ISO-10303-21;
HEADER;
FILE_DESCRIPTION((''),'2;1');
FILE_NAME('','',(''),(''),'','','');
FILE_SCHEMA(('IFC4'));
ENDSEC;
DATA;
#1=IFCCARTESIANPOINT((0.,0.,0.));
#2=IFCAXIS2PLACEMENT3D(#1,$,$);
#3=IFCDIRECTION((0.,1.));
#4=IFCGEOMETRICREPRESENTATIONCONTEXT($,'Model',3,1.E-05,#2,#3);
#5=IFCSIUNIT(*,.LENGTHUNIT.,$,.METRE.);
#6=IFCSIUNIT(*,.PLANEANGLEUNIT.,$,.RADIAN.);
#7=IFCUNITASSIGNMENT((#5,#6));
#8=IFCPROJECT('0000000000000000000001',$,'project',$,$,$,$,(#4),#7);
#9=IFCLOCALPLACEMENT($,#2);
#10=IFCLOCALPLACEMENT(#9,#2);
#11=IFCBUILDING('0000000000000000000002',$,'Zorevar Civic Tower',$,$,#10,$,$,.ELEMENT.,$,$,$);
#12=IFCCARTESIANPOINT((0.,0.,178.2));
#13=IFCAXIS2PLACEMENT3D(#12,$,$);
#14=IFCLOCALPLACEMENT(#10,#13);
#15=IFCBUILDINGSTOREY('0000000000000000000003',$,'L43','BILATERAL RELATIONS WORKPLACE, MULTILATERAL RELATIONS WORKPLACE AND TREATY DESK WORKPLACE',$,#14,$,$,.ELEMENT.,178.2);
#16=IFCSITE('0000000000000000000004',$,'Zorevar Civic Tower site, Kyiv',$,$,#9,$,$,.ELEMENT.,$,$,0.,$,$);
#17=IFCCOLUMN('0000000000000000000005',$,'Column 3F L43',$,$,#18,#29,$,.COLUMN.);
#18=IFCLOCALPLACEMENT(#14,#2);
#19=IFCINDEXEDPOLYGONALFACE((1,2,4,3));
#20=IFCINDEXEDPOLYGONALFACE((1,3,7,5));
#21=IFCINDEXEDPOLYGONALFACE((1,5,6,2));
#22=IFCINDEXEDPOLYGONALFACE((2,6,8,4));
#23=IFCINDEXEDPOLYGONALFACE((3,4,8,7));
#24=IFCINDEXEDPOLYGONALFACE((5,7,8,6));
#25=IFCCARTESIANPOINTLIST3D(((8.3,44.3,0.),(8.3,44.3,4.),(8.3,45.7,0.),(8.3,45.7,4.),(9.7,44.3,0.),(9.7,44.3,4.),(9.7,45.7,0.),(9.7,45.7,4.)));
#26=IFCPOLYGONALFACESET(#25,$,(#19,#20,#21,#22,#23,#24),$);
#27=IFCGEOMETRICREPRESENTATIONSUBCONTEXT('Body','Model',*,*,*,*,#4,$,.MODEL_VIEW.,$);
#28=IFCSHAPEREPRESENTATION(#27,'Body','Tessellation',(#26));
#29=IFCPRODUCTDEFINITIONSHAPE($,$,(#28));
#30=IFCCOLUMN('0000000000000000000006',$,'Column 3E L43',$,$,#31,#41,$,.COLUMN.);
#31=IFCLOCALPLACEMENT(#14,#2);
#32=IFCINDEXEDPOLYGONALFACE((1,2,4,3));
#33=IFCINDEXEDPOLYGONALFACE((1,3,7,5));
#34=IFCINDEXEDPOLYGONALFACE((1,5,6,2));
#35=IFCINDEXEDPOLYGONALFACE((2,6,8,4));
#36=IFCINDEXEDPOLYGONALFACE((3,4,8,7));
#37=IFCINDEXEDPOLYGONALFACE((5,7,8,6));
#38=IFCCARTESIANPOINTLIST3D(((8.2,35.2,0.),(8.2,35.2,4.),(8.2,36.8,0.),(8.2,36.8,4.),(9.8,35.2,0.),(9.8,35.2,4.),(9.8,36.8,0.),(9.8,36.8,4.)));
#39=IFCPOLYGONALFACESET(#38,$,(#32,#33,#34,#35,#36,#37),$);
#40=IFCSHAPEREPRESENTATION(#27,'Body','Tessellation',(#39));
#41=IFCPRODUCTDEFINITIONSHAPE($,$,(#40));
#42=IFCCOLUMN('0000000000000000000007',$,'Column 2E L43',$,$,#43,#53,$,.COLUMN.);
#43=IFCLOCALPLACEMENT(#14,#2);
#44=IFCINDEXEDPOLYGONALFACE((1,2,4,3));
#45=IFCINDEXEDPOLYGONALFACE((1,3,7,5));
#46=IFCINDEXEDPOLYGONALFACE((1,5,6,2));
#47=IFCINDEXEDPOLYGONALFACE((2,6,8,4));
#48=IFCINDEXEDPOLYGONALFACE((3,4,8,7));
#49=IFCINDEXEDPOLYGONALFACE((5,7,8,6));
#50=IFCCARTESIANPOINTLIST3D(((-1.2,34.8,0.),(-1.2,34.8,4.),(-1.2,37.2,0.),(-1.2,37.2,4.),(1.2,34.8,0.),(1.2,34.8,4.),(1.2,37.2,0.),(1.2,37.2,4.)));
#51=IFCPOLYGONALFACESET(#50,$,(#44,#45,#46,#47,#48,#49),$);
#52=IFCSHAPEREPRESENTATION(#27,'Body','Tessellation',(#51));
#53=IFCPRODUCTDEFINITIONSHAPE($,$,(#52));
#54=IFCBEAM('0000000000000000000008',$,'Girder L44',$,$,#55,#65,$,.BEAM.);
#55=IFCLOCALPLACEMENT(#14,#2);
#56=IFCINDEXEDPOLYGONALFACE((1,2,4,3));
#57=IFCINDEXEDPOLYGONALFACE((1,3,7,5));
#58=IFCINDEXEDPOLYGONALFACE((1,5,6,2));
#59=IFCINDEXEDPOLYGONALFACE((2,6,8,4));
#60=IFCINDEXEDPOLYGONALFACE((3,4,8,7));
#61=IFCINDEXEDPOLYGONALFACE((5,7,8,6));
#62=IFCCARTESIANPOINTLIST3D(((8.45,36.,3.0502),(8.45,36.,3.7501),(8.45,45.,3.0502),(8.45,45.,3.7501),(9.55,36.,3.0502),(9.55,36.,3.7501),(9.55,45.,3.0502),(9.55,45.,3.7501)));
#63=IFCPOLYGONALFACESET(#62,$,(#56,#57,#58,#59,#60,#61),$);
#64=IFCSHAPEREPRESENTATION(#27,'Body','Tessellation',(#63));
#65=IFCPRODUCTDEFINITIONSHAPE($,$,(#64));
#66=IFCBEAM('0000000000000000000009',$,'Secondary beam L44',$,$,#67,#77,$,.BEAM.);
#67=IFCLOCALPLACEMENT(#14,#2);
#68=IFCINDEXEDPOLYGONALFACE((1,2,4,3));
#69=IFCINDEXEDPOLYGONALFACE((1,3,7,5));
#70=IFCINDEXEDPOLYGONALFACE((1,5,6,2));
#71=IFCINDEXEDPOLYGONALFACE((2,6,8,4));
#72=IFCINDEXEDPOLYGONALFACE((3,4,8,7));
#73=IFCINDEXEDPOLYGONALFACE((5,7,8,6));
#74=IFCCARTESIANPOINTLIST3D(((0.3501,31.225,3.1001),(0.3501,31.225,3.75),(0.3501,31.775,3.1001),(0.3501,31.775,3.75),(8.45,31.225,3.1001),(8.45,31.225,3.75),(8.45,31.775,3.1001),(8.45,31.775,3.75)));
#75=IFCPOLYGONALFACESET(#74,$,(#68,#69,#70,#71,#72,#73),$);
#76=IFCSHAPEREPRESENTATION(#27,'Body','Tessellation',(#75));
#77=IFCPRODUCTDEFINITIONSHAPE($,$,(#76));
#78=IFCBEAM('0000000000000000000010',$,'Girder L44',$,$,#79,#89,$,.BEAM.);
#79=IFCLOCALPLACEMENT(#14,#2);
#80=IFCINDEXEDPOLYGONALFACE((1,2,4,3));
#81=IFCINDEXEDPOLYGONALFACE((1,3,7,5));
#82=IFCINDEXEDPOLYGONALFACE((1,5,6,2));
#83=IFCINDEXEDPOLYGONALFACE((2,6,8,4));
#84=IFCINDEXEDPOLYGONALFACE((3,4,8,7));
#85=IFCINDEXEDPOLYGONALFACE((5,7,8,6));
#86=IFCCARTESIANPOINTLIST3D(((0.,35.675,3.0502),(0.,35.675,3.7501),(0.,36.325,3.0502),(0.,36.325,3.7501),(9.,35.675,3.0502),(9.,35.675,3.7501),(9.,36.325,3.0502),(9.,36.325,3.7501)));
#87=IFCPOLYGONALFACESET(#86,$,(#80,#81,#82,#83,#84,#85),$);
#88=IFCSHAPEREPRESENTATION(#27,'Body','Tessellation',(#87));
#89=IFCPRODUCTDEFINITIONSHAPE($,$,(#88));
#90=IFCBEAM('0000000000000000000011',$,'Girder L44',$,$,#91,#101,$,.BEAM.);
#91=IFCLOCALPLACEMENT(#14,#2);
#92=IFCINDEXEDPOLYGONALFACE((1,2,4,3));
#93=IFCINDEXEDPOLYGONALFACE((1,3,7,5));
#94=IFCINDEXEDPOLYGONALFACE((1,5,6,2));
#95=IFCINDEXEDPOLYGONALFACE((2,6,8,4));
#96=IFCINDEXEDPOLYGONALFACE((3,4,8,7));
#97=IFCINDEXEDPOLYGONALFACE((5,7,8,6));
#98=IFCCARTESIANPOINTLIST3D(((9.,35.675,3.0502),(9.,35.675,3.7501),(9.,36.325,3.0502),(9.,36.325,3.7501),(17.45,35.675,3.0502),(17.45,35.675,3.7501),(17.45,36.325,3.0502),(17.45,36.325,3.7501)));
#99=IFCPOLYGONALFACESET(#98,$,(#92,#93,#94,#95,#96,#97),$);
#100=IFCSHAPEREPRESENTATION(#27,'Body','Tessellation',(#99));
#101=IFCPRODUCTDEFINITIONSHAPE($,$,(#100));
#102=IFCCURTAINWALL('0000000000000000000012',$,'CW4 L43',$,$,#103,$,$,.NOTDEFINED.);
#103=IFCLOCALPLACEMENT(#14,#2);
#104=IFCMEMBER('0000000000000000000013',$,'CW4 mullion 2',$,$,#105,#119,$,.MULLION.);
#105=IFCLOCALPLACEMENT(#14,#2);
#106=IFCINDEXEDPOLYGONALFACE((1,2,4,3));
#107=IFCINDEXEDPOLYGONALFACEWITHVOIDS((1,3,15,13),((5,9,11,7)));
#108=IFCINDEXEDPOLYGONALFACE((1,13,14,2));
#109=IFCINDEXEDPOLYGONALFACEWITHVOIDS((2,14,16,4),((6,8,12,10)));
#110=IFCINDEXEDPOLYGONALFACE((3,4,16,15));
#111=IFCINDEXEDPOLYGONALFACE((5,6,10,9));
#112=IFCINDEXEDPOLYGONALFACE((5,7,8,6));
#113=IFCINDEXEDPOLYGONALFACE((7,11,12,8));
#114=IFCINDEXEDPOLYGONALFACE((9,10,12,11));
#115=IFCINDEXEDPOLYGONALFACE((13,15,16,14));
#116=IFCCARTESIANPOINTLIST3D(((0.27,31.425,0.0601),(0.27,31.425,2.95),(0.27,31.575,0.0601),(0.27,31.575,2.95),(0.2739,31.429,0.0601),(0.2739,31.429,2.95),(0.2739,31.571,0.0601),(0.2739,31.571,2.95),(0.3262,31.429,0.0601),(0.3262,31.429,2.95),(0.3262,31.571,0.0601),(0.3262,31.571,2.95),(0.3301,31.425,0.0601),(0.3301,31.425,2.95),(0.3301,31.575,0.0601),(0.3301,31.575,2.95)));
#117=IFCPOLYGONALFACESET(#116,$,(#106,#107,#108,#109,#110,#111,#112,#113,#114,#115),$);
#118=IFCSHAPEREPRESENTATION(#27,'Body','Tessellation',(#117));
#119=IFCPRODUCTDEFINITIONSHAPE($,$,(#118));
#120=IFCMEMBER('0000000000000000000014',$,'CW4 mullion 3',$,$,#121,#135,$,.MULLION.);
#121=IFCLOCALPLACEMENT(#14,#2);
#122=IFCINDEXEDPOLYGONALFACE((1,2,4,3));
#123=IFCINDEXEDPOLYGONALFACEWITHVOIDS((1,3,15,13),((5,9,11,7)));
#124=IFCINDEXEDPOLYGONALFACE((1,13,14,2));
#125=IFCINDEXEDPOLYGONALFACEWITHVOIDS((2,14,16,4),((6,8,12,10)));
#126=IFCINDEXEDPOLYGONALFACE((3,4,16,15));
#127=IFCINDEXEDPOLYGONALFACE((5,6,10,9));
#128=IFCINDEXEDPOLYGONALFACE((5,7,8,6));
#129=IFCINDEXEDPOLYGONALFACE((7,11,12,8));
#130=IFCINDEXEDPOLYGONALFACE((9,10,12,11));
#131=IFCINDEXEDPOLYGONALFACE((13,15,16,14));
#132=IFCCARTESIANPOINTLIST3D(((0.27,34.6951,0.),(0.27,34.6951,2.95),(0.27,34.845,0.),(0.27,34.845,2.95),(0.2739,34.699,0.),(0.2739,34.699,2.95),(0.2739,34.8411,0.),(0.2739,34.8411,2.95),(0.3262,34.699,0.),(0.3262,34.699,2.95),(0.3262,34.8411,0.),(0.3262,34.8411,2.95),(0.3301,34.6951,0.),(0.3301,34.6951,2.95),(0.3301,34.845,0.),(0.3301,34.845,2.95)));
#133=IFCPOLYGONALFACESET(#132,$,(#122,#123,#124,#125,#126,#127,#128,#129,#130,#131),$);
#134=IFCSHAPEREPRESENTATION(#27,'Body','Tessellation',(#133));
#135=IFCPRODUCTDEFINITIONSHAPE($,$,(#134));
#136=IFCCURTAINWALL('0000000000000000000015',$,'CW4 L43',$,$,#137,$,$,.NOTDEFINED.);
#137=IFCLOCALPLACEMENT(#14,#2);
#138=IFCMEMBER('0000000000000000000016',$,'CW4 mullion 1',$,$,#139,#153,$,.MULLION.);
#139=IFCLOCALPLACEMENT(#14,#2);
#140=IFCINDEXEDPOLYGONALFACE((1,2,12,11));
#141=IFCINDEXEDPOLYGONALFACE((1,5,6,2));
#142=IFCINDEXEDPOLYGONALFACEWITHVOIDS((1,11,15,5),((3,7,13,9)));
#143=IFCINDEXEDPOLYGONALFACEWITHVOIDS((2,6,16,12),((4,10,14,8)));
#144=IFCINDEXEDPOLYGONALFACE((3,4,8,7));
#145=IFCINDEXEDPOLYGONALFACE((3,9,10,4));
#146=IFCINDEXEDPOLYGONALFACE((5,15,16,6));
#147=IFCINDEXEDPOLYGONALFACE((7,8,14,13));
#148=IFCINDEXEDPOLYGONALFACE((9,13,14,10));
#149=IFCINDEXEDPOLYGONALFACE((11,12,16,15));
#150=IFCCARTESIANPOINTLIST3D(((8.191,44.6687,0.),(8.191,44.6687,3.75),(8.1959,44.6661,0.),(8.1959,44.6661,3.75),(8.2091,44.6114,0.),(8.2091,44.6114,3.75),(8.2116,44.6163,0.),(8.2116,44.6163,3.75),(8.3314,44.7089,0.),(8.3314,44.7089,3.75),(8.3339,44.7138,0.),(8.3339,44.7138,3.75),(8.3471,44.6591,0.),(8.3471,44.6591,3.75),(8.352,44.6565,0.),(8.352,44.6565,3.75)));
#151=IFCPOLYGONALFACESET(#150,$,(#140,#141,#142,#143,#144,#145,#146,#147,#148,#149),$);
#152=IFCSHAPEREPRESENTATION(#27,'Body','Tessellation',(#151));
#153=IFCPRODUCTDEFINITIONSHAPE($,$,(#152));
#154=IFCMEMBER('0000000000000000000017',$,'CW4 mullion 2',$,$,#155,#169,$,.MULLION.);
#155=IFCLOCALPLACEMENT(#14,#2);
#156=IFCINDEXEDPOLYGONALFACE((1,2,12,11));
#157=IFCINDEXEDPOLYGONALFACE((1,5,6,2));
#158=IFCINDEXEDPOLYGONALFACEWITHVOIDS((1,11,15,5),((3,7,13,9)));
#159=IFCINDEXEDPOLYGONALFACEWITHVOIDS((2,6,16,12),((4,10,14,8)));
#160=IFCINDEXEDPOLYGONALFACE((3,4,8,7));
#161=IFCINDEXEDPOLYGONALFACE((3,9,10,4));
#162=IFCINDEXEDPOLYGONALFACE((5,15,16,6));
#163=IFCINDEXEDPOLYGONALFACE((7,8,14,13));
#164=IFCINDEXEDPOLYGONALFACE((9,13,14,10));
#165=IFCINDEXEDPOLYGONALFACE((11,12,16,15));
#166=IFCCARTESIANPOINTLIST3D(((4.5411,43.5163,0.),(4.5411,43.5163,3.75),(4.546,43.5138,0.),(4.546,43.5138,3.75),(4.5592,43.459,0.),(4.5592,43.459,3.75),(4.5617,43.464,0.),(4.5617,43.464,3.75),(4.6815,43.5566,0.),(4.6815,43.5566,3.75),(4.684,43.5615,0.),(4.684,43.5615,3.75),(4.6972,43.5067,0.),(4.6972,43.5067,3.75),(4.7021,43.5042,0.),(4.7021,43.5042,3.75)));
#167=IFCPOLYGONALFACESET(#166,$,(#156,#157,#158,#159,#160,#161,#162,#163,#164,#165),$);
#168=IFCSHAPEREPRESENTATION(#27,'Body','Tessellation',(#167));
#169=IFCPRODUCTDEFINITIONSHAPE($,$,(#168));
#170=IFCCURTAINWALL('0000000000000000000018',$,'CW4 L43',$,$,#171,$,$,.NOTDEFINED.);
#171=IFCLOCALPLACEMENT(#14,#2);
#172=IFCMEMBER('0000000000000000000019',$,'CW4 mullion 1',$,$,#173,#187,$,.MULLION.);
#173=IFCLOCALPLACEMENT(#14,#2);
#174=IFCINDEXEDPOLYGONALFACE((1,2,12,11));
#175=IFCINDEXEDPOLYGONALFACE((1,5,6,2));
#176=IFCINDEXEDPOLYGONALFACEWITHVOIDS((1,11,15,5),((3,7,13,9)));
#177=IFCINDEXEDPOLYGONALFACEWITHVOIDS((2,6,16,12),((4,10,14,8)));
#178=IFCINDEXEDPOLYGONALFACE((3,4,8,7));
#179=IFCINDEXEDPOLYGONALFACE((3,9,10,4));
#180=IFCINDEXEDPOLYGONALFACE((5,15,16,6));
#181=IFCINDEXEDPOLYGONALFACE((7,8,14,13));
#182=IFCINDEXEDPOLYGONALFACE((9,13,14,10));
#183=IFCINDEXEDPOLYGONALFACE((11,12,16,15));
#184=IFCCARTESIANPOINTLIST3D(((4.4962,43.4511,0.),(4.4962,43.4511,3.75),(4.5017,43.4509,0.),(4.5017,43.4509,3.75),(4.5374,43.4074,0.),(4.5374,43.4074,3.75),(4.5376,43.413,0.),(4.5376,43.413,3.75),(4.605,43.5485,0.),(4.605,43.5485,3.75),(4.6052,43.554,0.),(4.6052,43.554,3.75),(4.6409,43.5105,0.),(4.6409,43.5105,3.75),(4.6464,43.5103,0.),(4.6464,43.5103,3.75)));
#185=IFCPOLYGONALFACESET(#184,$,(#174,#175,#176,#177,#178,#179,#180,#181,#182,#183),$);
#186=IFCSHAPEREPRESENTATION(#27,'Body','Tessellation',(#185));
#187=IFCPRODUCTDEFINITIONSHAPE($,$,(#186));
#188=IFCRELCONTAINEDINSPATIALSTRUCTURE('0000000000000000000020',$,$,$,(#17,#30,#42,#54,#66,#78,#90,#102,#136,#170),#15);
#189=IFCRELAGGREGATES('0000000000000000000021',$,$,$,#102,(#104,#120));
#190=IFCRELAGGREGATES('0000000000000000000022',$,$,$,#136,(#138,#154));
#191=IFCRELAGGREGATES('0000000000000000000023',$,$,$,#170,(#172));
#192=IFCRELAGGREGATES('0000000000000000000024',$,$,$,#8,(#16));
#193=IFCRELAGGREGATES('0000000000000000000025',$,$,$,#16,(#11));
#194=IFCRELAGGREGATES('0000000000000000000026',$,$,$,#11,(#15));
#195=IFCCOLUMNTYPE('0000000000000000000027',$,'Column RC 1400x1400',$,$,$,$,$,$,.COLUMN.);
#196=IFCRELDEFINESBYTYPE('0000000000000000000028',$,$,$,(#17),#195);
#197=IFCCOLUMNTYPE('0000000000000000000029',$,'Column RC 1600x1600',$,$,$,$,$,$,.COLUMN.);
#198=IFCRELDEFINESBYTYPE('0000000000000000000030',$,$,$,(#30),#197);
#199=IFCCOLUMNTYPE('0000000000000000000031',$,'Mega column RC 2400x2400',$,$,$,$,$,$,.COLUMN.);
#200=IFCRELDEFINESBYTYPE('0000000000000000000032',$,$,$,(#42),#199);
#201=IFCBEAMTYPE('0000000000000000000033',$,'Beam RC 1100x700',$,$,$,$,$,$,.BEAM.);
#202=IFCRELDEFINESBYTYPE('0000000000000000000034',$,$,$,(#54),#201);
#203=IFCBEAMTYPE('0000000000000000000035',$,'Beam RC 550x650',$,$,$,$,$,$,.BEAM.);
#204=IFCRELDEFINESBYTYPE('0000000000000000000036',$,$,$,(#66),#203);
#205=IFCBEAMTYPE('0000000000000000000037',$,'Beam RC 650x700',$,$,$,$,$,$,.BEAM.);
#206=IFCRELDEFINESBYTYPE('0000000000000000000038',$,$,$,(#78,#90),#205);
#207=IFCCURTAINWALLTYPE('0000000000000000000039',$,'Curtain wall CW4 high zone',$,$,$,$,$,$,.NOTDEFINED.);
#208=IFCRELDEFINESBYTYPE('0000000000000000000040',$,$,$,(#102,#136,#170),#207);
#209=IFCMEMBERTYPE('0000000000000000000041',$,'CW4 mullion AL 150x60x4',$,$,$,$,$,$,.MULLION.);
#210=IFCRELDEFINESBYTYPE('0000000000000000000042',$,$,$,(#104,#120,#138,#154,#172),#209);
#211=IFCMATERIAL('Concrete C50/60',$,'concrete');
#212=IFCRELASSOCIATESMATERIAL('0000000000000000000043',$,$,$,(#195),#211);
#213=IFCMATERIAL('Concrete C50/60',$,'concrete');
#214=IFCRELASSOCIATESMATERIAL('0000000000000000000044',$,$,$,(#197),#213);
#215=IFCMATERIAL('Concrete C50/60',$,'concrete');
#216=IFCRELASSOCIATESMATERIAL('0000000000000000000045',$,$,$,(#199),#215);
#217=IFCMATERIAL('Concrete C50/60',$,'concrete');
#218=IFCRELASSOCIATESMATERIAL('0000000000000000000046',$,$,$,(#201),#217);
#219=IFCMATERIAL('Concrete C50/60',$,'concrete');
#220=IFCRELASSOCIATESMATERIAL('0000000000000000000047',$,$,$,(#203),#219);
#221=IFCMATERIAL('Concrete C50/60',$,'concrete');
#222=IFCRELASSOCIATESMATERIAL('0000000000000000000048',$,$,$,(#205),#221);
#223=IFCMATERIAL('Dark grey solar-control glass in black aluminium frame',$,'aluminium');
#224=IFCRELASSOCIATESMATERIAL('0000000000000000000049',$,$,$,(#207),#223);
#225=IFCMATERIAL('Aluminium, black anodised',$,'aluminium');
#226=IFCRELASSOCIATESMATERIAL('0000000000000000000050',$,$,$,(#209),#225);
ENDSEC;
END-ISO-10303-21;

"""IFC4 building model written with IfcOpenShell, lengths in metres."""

from ifc_helpers import new_model, si_unit, direction, frame, origin, origin_2d, place, context, subcontext, project, spatial, rectangle, hollow_rectangle, extrude, material, material_profile, profile_set, type_object, element, aggregate, save


model = new_model("IFC4")

# Units and contexts
model_context = context("Model", 3, precision=1e-05, world=origin(), true_north=direction((0.0, 1.0)))
body_context = subcontext(model_context, "Body", "Model", "MODEL_VIEW")
ifc_project = project(units=[si_unit("LENGTHUNIT", "METRE"), si_unit("PLANEANGLEUNIT", "RADIAN")], contexts=[model_context])

# Site, building, storey
site_placement = place(None, origin())
site = spatial("IfcSite", under=ifc_project, at=site_placement, Name="Zorevar Civic Tower site, Kyiv", CompositionType="ELEMENT", RefElevation=0.0)
building_placement = place(site_placement, origin())
building = spatial("IfcBuilding", under=site, at=building_placement, Name="Zorevar Civic Tower", CompositionType="ELEMENT")
storey_placement = place(building_placement, frame((0.0, 0.0, 178.2)))
storey = spatial("IfcBuildingStorey", under=building, at=storey_placement, Name="L43", Description="BILATERAL RELATIONS WORKPLACE, MULTILATERAL RELATIONS WORKPLACE AND TREATY DESK WORKPLACE", CompositionType="ELEMENT", Elevation=178.2)

# Columns
ifc_material_1 = material(Name="Concrete C50/60", Category="concrete")
ifc_material_profile_1 = material_profile(ifc_material_1, rectangle(XDim=1.3999, YDim=1.3999, at=origin_2d()), Name="RC 1400x1400")
ifc_profile_set_1 = profile_set([ifc_material_profile_1], Name="Concrete C50/60")
column_type_1 = type_object("IfcColumnType", Name="Column RC 1400x1400", PredefinedType="COLUMN", material=ifc_profile_set_1)
column_1_placement = place(storey_placement, frame((9.0, 45.0, 0.0), z_axis=(0.0, 0.0, 1.0), x_axis=(1.0, 0.0, 0.0)))
element("IfcColumn", 1, at=column_1_placement, inside=storey, type_object=column_type_1, Name="Column 3F L43", PredefinedType="COLUMN", context=body_context, shape_type="SweptSolid", body=[
    extrude(rectangle(XDim=1.3999, YDim=1.3999, at=origin_2d()), origin(), (0.0, 0.0, 1.0), 4.0),
])
ifc_material_2 = material(Name="Concrete C50/60", Category="concrete")
ifc_material_profile_2 = material_profile(ifc_material_2, rectangle(XDim=1.6001, YDim=1.6001, at=origin_2d()), Name="RC 1600x1600")
ifc_profile_set_2 = profile_set([ifc_material_profile_2], Name="Concrete C50/60")
column_type_2 = type_object("IfcColumnType", Name="Column RC 1600x1600", PredefinedType="COLUMN", material=ifc_profile_set_2)
column_2_placement = place(storey_placement, frame((9.0, 36.0, 0.0), z_axis=(0.0, 0.0, 1.0), x_axis=(1.0, 0.0, 0.0)))
element("IfcColumn", 2, at=column_2_placement, inside=storey, type_object=column_type_2, Name="Column 3E L43", PredefinedType="COLUMN", context=body_context, shape_type="SweptSolid", body=[
    extrude(rectangle(XDim=1.6001, YDim=1.6001, at=origin_2d()), origin(), (0.0, 0.0, 1.0), 4.0),
])
ifc_material_3 = material(Name="Concrete C50/60", Category="concrete")
ifc_material_profile_3 = material_profile(ifc_material_3, rectangle(XDim=2.3999, YDim=2.3999, at=origin_2d()), Name="RC 2400x2400")
ifc_profile_set_3 = profile_set([ifc_material_profile_3], Name="Concrete C50/60")
column_type_3 = type_object("IfcColumnType", Name="Mega column RC 2400x2400", PredefinedType="COLUMN", material=ifc_profile_set_3)
column_3_placement = place(storey_placement, frame((0.0, 36.0, 0.0), z_axis=(0.0, 0.0, 1.0), x_axis=(1.0, 0.0, 0.0)))
element("IfcColumn", 3, at=column_3_placement, inside=storey, type_object=column_type_3, Name="Column 2E L43", PredefinedType="COLUMN", context=body_context, shape_type="SweptSolid", body=[
    extrude(rectangle(XDim=2.3999, YDim=2.3999, at=origin_2d()), origin(), (0.0, 0.0, 1.0), 4.0),
])

# Beams
ifc_material_4 = material(Name="Concrete C50/60", Category="concrete")
ifc_material_profile_4 = material_profile(ifc_material_4, rectangle(XDim=1.1001, YDim=0.7, at=origin_2d()), Name="RC 1100x700")
ifc_profile_set_4 = profile_set([ifc_material_profile_4], Name="Concrete C50/60")
beam_type_1 = type_object("IfcBeamType", Name="Beam RC 1100x700", PredefinedType="BEAM", material=ifc_profile_set_4)
beam_1_placement = place(storey_placement, frame((9.0, 36.0, 3.4001), z_axis=(0.0, 1.0, 0.0), x_axis=(-1.0, 0.0, 0.0)))
element("IfcBeam", 4, at=beam_1_placement, inside=storey, type_object=beam_type_1, Name="Girder L44", PredefinedType="BEAM", context=body_context, shape_type="SweptSolid", body=[
    extrude(rectangle(XDim=1.1001, YDim=0.7, at=origin_2d()), origin(), (0.0, 0.0, 1.0), 9.0),
])
ifc_material_5 = material(Name="Concrete C50/60", Category="concrete")
ifc_material_profile_5 = material_profile(ifc_material_5, rectangle(XDim=0.55, YDim=0.6499, at=origin_2d()), Name="RC 550x650")
ifc_profile_set_5 = profile_set([ifc_material_profile_5], Name="Concrete C50/60")
beam_type_2 = type_object("IfcBeamType", Name="Beam RC 550x650", PredefinedType="BEAM", material=ifc_profile_set_5)
beam_2_placement = place(storey_placement, frame((0.3501, 31.5, 3.425), z_axis=(1.0, 0.0, 0.0), x_axis=(0.0, 1.0, 0.0)))
element("IfcBeam", 5, at=beam_2_placement, inside=storey, type_object=beam_type_2, Name="Secondary beam L44", PredefinedType="BEAM", context=body_context, shape_type="SweptSolid", body=[
    extrude(rectangle(XDim=0.55, YDim=0.6499, at=origin_2d()), origin(), (0.0, 0.0, 1.0), 8.0999),
])
ifc_material_6 = material(Name="Concrete C50/60", Category="concrete")
ifc_material_profile_6 = material_profile(ifc_material_6, rectangle(XDim=0.6499, YDim=0.7, at=origin_2d()), Name="RC 650x700")
ifc_profile_set_6 = profile_set([ifc_material_profile_6], Name="Concrete C50/60")
beam_type_3 = type_object("IfcBeamType", Name="Beam RC 650x700", PredefinedType="BEAM", material=ifc_profile_set_6)
beam_3_placement = place(storey_placement, frame((0.0, 36.0, 3.4001), z_axis=(1.0, 0.0, 0.0), x_axis=(0.0, 1.0, 0.0)))
element("IfcBeam", 6, at=beam_3_placement, inside=storey, type_object=beam_type_3, Name="Girder L44", PredefinedType="BEAM", context=body_context, shape_type="SweptSolid", body=[
    extrude(rectangle(XDim=0.6499, YDim=0.7, at=origin_2d()), origin(), (0.0, 0.0, 1.0), 9.0),
])
beam_4_placement = place(storey_placement, frame((9.0, 36.0, 3.4001), z_axis=(1.0, 0.0, 0.0), x_axis=(0.0, 1.0, 0.0)))
element("IfcBeam", 7, at=beam_4_placement, inside=storey, type_object=beam_type_3, Name="Girder L44", PredefinedType="BEAM", context=body_context, shape_type="SweptSolid", body=[
    extrude(rectangle(XDim=0.6499, YDim=0.7, at=origin_2d()), origin(), (0.0, 0.0, 1.0), 8.45),
])

# Curtain walls, members
ifc_material_7 = material(Name="Dark grey solar-control glass in black aluminium frame", Category="aluminium")
curtain_wall_type = type_object("IfcCurtainWallType", Name="Curtain wall CW4 high zone", PredefinedType="NOTDEFINED", material=ifc_material_7)
curtain_wall_1_placement = place(storey_placement, origin())
curtain_wall_1 = element("IfcCurtainWall", 8, at=curtain_wall_1_placement, inside=storey, type_object=curtain_wall_type, Name="CW4 L43", PredefinedType="NOTDEFINED")
ifc_material_8 = material(Name="Aluminium, black anodised", Category="aluminium")
ifc_material_profile_7 = material_profile(ifc_material_8, hollow_rectangle(XDim=0.0601, YDim=0.1499, WallThickness=0.0039, at=origin_2d()), Name="AL 150x60x4")
ifc_profile_set_7 = profile_set([ifc_material_profile_7], Name="Aluminium, black anodised")
member_type_1 = type_object("IfcMemberType", Name="CW4 mullion AL 150x60x4", PredefinedType="MULLION", material=ifc_profile_set_7)
member_1_placement = place(storey_placement, frame((0.3, 31.5, 0.0601), z_axis=(0.0, 0.0, 1.0), x_axis=(-1.0, 0.0, 0.0)))
member_1 = element("IfcMember", 9, at=member_1_placement, type_object=member_type_1, Name="CW4 mullion 2", PredefinedType="MULLION", context=body_context, shape_type="SweptSolid", body=[
    extrude(hollow_rectangle(XDim=0.0601, YDim=0.1499, WallThickness=0.0039, at=origin_2d()), origin(), (0.0, 0.0, 1.0), 2.8899),
])
member_2_placement = place(storey_placement, frame((0.3, 34.77, 0.0), z_axis=(0.0, 0.0, 1.0), x_axis=(-1.0, 0.0, 0.0)))
member_2 = element("IfcMember", 10, at=member_2_placement, type_object=member_type_1, Name="CW4 mullion 3", PredefinedType="MULLION", context=body_context, shape_type="SweptSolid", body=[
    extrude(hollow_rectangle(XDim=0.0601, YDim=0.1499, WallThickness=0.0039, at=origin_2d()), origin(), (0.0, 0.0, 1.0), 2.95),
])
curtain_wall_2_placement = place(storey_placement, origin())
curtain_wall_2 = element("IfcCurtainWall", 11, at=curtain_wall_2_placement, inside=storey, type_object=curtain_wall_type, Name="CW4 L43", PredefinedType="NOTDEFINED")
member_3_placement = place(storey_placement, frame((8.2715, 44.6626, 0.0), z_axis=(0.0, 0.0, 1.0), x_axis=(0.301108, -0.95359, 0.0)))
member_3 = element("IfcMember", 12, at=member_3_placement, type_object=member_type_1, Name="CW4 mullion 1", PredefinedType="MULLION", context=body_context, shape_type="SweptSolid", body=[
    extrude(hollow_rectangle(XDim=0.0601, YDim=0.1499, WallThickness=0.0039, at=origin_2d()), origin(), (0.0, 0.0, 1.0), 3.75),
])
member_4_placement = place(storey_placement, frame((4.6216, 43.5103, 0.0), z_axis=(0.0, 0.0, 1.0), x_axis=(0.301108, -0.95359, 0.0)))
member_4 = element("IfcMember", 13, at=member_4_placement, type_object=member_type_1, Name="CW4 mullion 2", PredefinedType="MULLION", context=body_context, shape_type="SweptSolid", body=[
    extrude(hollow_rectangle(XDim=0.0601, YDim=0.1499, WallThickness=0.0039, at=origin_2d()), origin(), (0.0, 0.0, 1.0), 3.75),
])
curtain_wall_3_placement = place(storey_placement, origin())
curtain_wall_3 = element("IfcCurtainWall", 14, at=curtain_wall_3_placement, inside=storey, type_object=curtain_wall_type, Name="CW4 L43", PredefinedType="NOTDEFINED")
member_5_placement = place(storey_placement, frame((4.5713, 43.4807, 0.0), z_axis=(0.0, 0.0, 1.0), x_axis=(0.686378, -0.727245, 0.0)))
member_5 = element("IfcMember", 15, at=member_5_placement, type_object=member_type_1, Name="CW4 mullion 1", PredefinedType="MULLION", context=body_context, shape_type="SweptSolid", body=[
    extrude(hollow_rectangle(XDim=0.0601, YDim=0.1499, WallThickness=0.0039, at=origin_2d()), origin(), (0.0, 0.0, 1.0), 3.75),
])

aggregate(curtain_wall_1, [member_1, member_2])
aggregate(curtain_wall_2, [member_3, member_4])
aggregate(curtain_wall_3, [member_5])

save(model, "model.ifc")
